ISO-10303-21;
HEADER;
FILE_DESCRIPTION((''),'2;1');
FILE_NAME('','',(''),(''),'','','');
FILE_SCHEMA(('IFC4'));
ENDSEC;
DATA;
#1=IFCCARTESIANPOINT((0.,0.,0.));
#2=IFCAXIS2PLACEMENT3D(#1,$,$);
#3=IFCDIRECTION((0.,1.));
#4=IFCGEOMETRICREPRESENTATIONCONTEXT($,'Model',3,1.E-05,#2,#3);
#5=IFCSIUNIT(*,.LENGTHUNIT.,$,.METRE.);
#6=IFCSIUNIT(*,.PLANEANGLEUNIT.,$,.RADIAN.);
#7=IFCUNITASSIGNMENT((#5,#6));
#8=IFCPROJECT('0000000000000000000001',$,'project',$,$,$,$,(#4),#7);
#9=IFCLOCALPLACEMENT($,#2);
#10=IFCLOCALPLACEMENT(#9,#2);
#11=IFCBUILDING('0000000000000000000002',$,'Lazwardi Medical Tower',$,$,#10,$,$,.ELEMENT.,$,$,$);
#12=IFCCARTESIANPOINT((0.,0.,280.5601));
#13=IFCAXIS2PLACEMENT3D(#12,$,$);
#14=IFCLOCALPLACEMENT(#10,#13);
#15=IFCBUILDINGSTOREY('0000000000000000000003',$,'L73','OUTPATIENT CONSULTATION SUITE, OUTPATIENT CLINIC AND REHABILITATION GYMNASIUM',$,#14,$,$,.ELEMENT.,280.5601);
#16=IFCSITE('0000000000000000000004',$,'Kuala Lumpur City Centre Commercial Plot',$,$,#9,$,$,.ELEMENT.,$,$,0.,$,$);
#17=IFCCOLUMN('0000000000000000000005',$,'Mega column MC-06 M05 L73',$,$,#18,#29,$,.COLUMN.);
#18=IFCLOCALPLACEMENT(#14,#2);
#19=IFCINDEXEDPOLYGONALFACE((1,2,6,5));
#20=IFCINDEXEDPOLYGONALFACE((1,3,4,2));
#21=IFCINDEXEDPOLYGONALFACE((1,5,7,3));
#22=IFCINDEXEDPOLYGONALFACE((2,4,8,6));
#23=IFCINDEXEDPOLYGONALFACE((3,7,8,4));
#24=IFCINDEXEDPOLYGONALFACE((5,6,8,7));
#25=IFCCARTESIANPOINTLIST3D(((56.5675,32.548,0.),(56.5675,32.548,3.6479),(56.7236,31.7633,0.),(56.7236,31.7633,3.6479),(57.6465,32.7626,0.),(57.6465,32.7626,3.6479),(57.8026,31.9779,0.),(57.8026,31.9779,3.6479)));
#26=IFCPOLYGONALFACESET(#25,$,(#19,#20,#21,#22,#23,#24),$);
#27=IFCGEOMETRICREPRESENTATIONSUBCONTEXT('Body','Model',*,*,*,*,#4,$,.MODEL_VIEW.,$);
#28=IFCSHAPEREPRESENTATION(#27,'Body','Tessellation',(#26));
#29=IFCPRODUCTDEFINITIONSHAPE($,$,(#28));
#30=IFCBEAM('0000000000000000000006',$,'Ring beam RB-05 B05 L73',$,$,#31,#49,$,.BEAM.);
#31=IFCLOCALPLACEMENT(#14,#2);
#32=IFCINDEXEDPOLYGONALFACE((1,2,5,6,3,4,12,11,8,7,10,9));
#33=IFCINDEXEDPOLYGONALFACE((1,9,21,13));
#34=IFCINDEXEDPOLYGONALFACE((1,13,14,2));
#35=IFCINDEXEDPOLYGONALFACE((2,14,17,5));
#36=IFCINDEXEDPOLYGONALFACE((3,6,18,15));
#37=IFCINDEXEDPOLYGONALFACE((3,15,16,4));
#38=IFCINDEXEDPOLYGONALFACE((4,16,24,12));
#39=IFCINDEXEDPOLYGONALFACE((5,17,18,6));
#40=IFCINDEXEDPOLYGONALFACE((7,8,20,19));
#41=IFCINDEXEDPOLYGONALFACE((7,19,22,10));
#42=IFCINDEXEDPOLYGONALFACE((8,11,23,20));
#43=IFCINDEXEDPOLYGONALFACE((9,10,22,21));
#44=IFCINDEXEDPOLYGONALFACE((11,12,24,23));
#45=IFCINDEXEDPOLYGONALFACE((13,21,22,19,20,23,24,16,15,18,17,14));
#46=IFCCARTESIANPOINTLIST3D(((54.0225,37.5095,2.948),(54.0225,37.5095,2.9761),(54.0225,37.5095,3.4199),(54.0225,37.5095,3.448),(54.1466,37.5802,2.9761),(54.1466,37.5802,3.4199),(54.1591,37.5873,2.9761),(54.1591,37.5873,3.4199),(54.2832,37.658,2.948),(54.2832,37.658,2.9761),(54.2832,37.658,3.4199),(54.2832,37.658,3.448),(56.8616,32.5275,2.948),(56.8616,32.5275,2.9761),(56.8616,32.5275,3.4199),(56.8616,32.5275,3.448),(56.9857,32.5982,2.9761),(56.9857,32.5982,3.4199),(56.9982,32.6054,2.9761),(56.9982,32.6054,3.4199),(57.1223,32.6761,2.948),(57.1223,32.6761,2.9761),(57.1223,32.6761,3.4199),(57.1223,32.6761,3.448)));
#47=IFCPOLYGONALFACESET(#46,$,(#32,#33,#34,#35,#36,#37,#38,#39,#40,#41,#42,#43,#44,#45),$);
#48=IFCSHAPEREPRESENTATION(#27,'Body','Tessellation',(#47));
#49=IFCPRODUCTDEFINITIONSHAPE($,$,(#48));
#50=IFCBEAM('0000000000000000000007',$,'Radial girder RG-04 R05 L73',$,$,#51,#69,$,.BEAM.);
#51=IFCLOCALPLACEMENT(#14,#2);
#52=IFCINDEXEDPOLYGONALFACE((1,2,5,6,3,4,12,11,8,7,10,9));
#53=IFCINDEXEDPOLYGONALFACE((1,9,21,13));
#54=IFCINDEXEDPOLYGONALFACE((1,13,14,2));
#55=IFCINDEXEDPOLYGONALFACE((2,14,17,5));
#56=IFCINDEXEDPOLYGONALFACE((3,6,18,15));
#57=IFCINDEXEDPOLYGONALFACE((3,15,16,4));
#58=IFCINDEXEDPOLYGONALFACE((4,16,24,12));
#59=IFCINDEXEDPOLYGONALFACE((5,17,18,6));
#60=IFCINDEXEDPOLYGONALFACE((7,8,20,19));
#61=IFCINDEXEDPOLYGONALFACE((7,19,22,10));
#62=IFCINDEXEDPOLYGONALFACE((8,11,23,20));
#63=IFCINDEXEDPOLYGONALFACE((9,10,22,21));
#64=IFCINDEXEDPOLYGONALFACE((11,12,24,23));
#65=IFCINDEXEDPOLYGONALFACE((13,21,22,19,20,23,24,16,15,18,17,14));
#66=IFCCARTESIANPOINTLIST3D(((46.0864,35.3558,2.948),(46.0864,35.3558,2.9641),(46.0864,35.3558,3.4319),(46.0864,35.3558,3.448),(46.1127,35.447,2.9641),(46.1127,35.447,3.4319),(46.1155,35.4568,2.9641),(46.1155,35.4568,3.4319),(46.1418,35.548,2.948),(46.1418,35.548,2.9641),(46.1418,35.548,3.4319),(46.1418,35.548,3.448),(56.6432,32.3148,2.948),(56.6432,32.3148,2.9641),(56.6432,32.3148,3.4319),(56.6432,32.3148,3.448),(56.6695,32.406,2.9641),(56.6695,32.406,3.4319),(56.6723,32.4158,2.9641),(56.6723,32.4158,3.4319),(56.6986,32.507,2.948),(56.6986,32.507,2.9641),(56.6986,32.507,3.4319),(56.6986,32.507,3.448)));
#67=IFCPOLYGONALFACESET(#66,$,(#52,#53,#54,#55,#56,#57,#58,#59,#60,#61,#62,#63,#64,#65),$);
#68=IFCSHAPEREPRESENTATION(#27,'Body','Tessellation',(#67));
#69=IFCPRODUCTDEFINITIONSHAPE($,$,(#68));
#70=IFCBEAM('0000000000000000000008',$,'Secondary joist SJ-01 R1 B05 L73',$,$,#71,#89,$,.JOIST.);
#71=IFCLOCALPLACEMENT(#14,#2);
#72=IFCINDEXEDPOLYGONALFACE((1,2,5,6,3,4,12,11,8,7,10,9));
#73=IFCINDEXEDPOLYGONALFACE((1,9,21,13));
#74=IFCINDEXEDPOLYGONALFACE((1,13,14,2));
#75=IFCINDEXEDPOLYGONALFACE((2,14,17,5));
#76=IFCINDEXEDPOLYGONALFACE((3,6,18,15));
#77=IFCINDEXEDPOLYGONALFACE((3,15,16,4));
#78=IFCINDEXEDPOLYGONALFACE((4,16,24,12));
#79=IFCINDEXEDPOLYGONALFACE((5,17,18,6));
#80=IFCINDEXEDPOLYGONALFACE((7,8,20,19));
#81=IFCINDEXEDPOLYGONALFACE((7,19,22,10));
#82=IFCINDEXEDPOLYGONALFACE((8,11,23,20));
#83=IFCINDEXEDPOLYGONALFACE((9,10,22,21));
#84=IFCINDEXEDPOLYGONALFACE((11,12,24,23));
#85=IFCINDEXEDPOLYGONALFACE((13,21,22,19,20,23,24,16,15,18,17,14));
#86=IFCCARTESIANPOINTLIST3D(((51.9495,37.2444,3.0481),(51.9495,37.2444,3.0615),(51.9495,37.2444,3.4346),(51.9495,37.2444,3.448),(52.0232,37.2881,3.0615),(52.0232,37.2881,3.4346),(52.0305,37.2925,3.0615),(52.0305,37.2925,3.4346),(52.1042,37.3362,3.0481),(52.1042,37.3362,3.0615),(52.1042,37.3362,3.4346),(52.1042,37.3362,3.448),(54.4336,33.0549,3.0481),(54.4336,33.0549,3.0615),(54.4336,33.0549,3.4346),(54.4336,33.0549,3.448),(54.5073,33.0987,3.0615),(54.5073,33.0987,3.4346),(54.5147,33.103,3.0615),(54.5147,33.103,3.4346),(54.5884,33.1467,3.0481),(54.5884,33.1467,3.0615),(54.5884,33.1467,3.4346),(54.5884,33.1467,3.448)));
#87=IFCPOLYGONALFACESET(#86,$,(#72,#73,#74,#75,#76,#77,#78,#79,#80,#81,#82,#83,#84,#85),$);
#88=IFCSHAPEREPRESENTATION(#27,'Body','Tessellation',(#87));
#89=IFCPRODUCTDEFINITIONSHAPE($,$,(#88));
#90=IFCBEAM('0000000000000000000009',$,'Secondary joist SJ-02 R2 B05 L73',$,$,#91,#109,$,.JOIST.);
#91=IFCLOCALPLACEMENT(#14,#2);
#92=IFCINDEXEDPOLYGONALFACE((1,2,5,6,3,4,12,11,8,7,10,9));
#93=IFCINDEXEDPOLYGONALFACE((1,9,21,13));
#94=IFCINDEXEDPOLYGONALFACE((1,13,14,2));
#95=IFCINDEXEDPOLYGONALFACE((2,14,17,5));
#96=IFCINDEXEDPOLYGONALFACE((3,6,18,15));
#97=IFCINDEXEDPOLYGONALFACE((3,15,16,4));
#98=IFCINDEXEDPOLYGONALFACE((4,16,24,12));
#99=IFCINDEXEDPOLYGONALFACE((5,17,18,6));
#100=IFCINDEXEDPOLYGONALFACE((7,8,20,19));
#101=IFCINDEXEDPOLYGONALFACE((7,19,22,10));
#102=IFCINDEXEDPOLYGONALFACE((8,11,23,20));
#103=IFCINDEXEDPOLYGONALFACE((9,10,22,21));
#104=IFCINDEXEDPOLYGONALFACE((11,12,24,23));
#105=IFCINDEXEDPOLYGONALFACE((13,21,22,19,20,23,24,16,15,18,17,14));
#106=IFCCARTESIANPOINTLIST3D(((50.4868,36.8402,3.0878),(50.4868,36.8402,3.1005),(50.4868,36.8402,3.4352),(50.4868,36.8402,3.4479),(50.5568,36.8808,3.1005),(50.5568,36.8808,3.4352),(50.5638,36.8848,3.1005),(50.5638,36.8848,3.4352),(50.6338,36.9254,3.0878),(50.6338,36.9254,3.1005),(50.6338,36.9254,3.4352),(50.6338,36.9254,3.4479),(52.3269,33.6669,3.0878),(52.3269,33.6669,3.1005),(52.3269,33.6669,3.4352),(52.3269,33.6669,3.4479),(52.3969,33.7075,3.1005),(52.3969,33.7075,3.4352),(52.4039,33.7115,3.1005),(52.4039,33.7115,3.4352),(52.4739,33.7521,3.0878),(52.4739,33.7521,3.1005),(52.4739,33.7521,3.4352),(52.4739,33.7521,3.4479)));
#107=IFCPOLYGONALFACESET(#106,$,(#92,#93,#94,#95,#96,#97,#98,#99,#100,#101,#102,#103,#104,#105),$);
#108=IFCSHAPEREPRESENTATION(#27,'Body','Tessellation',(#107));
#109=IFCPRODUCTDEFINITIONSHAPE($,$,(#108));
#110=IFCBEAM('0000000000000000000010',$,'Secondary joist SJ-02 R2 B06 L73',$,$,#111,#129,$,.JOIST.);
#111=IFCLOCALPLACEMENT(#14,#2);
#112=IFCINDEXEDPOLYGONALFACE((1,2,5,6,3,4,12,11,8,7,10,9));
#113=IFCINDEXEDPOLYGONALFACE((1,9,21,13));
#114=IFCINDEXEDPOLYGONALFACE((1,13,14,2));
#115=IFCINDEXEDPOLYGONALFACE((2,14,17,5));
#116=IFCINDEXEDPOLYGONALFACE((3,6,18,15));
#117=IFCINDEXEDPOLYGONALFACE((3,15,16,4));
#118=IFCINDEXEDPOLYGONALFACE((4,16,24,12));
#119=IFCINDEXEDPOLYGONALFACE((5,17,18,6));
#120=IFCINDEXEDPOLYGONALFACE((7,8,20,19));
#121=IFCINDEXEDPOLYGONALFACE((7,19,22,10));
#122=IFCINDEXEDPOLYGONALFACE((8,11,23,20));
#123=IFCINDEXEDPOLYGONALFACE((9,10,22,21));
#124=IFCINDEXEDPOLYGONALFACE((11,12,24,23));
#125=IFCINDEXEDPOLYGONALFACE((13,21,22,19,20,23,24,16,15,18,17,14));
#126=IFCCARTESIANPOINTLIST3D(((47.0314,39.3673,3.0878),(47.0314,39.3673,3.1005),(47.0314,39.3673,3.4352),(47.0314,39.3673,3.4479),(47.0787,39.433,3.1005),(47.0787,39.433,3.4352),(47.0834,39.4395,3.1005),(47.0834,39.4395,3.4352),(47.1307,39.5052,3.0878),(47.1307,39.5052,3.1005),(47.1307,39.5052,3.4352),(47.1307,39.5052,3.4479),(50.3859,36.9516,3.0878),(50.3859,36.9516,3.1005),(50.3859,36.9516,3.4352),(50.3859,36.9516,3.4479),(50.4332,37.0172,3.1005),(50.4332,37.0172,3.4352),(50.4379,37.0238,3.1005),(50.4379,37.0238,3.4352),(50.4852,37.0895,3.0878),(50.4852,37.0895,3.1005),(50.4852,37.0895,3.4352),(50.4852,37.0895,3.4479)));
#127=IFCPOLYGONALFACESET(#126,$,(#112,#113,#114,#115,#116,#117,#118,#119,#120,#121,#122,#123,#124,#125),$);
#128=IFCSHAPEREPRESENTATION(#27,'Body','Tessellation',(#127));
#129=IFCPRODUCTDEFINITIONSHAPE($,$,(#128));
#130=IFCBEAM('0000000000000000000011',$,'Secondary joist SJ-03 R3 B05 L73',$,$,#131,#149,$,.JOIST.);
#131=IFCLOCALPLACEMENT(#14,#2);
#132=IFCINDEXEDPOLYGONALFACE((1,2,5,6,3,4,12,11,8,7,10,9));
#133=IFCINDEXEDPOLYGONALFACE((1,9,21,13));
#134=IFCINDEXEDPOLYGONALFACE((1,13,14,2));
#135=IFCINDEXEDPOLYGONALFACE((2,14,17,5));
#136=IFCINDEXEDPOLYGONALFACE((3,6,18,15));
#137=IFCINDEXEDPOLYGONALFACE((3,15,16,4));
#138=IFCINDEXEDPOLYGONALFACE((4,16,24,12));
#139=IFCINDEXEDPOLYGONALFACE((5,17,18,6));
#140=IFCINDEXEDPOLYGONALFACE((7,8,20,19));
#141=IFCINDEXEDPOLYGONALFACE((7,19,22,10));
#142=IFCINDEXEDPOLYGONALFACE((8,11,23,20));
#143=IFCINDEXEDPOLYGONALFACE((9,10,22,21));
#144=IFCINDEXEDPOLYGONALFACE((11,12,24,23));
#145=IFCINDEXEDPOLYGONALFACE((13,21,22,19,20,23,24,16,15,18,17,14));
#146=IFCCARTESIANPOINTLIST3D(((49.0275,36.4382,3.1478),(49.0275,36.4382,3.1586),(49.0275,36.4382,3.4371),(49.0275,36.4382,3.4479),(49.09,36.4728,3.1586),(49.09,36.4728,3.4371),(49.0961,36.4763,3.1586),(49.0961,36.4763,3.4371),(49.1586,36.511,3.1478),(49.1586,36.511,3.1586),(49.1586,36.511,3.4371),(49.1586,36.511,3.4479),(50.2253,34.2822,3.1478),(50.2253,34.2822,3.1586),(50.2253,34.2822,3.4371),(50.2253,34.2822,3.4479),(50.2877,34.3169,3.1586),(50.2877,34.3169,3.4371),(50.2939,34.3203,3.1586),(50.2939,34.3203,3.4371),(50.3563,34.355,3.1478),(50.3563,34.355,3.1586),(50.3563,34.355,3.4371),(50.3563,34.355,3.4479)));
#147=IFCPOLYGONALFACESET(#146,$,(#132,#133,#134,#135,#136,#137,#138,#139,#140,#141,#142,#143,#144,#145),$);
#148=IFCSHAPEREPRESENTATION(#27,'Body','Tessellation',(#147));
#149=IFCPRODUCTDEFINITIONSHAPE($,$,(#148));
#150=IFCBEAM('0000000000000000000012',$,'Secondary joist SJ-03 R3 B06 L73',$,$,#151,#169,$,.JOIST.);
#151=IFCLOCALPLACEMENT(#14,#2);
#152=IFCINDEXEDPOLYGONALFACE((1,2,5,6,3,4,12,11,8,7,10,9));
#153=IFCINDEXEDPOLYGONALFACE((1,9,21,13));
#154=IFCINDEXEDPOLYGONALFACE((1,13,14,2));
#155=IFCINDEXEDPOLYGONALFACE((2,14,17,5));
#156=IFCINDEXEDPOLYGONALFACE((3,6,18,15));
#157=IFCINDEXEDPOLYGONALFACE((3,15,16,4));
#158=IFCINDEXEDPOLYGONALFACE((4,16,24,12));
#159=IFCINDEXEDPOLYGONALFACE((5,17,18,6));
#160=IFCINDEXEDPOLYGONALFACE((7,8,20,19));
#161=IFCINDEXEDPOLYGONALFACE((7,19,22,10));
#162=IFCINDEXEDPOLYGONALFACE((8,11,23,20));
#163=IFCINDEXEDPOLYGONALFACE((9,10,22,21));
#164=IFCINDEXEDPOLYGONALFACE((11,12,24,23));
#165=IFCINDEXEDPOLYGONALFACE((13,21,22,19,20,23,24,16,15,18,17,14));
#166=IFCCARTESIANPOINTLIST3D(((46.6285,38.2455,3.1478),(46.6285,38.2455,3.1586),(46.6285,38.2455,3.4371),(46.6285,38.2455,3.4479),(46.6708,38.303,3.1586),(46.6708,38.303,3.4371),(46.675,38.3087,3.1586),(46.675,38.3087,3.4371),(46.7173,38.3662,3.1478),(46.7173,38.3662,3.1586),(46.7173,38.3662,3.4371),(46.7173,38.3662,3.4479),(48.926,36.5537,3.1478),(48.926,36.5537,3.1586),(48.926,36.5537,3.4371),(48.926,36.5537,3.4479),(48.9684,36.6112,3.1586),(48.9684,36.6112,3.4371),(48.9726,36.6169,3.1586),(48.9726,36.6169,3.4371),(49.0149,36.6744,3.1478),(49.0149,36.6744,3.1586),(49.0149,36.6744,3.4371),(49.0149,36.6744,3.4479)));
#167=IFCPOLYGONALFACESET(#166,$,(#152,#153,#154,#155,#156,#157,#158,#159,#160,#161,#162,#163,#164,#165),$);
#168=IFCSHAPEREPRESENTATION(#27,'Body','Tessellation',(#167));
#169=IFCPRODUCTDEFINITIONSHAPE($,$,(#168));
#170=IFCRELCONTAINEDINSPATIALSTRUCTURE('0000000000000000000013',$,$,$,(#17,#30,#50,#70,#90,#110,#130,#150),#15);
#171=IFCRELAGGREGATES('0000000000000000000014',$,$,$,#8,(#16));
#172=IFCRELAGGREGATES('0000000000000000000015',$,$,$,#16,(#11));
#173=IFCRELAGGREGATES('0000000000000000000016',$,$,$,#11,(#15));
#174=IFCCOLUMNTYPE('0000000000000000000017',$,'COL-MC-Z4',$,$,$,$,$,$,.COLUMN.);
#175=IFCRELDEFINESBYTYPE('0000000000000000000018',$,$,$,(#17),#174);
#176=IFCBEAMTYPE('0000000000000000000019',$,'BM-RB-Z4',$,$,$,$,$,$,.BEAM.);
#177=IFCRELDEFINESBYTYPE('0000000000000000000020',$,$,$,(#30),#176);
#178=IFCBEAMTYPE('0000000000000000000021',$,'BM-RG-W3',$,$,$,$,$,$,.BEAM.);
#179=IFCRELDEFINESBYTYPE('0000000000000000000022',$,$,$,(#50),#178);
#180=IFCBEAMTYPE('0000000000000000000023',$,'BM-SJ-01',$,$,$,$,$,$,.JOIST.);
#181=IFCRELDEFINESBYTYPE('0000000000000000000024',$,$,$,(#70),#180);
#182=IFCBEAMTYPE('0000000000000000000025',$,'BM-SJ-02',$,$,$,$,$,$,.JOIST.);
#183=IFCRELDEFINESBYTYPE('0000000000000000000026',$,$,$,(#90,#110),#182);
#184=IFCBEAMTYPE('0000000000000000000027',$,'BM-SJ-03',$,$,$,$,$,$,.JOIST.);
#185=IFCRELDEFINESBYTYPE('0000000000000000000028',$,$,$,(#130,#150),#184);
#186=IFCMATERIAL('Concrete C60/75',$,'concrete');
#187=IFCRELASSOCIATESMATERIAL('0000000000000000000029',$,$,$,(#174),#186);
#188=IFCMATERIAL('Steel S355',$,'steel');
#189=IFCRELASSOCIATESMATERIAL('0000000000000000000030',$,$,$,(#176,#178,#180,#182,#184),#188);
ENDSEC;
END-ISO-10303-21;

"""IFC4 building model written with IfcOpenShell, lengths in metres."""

from ifc_helpers import new_model, si_unit, direction, frame, origin, origin_2d, place, context, subcontext, project, spatial, rectangle, i_section, extrude, material, material_profile, profile_set, type_object, element, save


model = new_model("IFC4")

# Units and contexts
model_context = context("Model", 3, precision=1e-05, world=origin(), true_north=direction((0.0, 1.0)))
body_context = subcontext(model_context, "Body", "Model", "MODEL_VIEW")
ifc_project = project(units=[si_unit("LENGTHUNIT", "METRE"), si_unit("PLANEANGLEUNIT", "RADIAN")], contexts=[model_context])

# Site, building, storey
site_placement = place(None, origin())
site = spatial("IfcSite", under=ifc_project, at=site_placement, Name="Kuala Lumpur City Centre Commercial Plot", CompositionType="ELEMENT", RefElevation=0.0)
building_placement = place(site_placement, origin())
building = spatial("IfcBuilding", under=site, at=building_placement, Name="Lazwardi Medical Tower", CompositionType="ELEMENT")
storey_placement = place(building_placement, frame((0.0, 0.0, 280.5601)))
storey = spatial("IfcBuildingStorey", under=building, at=storey_placement, Name="L73", Description="OUTPATIENT CONSULTATION SUITE, OUTPATIENT CLINIC AND REHABILITATION GYMNASIUM", CompositionType="ELEMENT", Elevation=280.5601)

# Column
ifc_material_1 = material(Name="Concrete C60/75", Category="concrete")
ifc_material_profile_1 = material_profile(ifc_material_1, rectangle(XDim=1.1001, YDim=0.8, at=origin_2d()), Name="CFT-RECT 1100x800")
ifc_profile_set_1 = profile_set([ifc_material_profile_1], Name="Concrete C60/75")
column_type = type_object("IfcColumnType", Name="COL-MC-Z4", PredefinedType="COLUMN", material=ifc_profile_set_1)
column_placement = place(storey_placement, frame((57.1851, 32.2629, 0.0), z_axis=(0.0, 0.0, 1.0), x_axis=(0.980785, 0.19509, 0.0)))
element("IfcColumn", 1, at=column_placement, inside=storey, type_object=column_type, Name="Mega column MC-06 M05 L73", PredefinedType="COLUMN", context=body_context, shape_type="SweptSolid", body=[
    extrude(rectangle(XDim=1.1001, YDim=0.8, at=origin_2d()), origin(), (0.0, 0.0, 1.0), 3.6479),
])

# Beams
ifc_material_2 = material(Name="Steel S355", Category="steel")
ifc_material_profile_2 = material_profile(ifc_material_2, i_section(OverallWidth=0.3, OverallDepth=0.5, WebThickness=0.0144, FlangeThickness=0.0281, at=origin_2d()), Name="HEB 500")
ifc_profile_set_2 = profile_set([ifc_material_profile_2], Name="Steel S355")
beam_type_1 = type_object("IfcBeamType", Name="BM-RB-Z4", PredefinedType="BEAM", material=ifc_profile_set_2)
beam_1_placement = place(storey_placement, frame((56.9919, 32.6018, 3.198), z_axis=(-0.495125, 0.868822, 0.0), x_axis=(-0.868822, -0.495125, 0.0)))
element("IfcBeam", 2, at=beam_1_placement, inside=storey, type_object=beam_type_1, Name="Ring beam RB-05 B05 L73", PredefinedType="BEAM", context=body_context, shape_type="SweptSolid", body=[
    extrude(i_section(OverallWidth=0.3, OverallDepth=0.5, WebThickness=0.0144, FlangeThickness=0.0281, at=origin_2d()), origin(), (0.0, 0.0, 1.0), 5.7341),
])
ifc_material_profile_3 = material_profile(ifc_material_2, i_section(OverallWidth=0.2, OverallDepth=0.5, WebThickness=0.0103, FlangeThickness=0.0161, at=origin_2d()), Name="IPE 500")
ifc_profile_set_3 = profile_set([ifc_material_profile_3], Name="Steel S355")
beam_type_2 = type_object("IfcBeamType", Name="BM-RG-W3", PredefinedType="BEAM", material=ifc_profile_set_3)
beam_2_placement = place(storey_placement, frame((56.6709, 32.4109, 3.198), z_axis=(-0.960926, 0.276804, 0.0), x_axis=(-0.276804, -0.960926, 0.0)))
element("IfcBeam", 3, at=beam_2_placement, inside=storey, type_object=beam_type_2, Name="Radial girder RG-04 R05 L73", PredefinedType="BEAM", context=body_context, shape_type="SweptSolid", body=[
    extrude(i_section(OverallWidth=0.2, OverallDepth=0.5, WebThickness=0.0103, FlangeThickness=0.0161, at=origin_2d()), origin(), (0.0, 0.0, 1.0), 10.9861),
])
ifc_material_profile_4 = material_profile(ifc_material_2, i_section(OverallWidth=0.1799, OverallDepth=0.3999, WebThickness=0.0085, FlangeThickness=0.0134, at=origin_2d()), Name="IPE 400")
ifc_profile_set_4 = profile_set([ifc_material_profile_4], Name="Steel S355")
beam_type_3 = type_object("IfcBeamType", Name="BM-SJ-01", PredefinedType="JOIST", material=ifc_profile_set_4)
beam_3_placement = place(storey_placement, frame((54.511, 33.1008, 3.248), z_axis=(-0.510029, 0.860157, 0.0), x_axis=(-0.860157, -0.510029, 0.0)))
element("IfcBeam", 4, at=beam_3_placement, inside=storey, type_object=beam_type_3, Name="Secondary joist SJ-01 R1 B05 L73", PredefinedType="JOIST", context=body_context, shape_type="SweptSolid", body=[
    extrude(i_section(OverallWidth=0.1799, OverallDepth=0.3999, WebThickness=0.0085, FlangeThickness=0.0134, at=origin_2d()), origin(), (0.0, 0.0, 1.0), 4.8706),
])
ifc_material_profile_5 = material_profile(ifc_material_2, i_section(OverallWidth=0.1699, OverallDepth=0.3601, WebThickness=0.0081, FlangeThickness=0.0127, at=origin_2d()), Name="IPE 360")
ifc_profile_set_5 = profile_set([ifc_material_profile_5], Name="Steel S355")
beam_type_4 = type_object("IfcBeamType", Name="BM-SJ-02", PredefinedType="JOIST", material=ifc_profile_set_5)
beam_4_placement = place(storey_placement, frame((52.4004, 33.7095, 3.2678), z_axis=(-0.501626, 0.865084, 0.0), x_axis=(-0.865084, -0.501626, 0.0)))
element("IfcBeam", 5, at=beam_4_placement, inside=storey, type_object=beam_type_4, Name="Secondary joist SJ-02 R2 B05 L73", PredefinedType="JOIST", context=body_context, shape_type="SweptSolid", body=[
    extrude(i_section(OverallWidth=0.1699, OverallDepth=0.3601, WebThickness=0.0081, FlangeThickness=0.0127, at=origin_2d()), origin(), (0.0, 0.0, 1.0), 3.6682),
])
beam_5_placement = place(storey_placement, frame((50.4355, 37.0205, 3.2678), z_axis=(-0.811473, 0.58439, 0.0), x_axis=(-0.58439, -0.811473, 0.0)))
element("IfcBeam", 6, at=beam_5_placement, inside=storey, type_object=beam_type_4, Name="Secondary joist SJ-02 R2 B06 L73", PredefinedType="JOIST", context=body_context, shape_type="SweptSolid", body=[
    extrude(i_section(OverallWidth=0.1699, OverallDepth=0.3601, WebThickness=0.0081, FlangeThickness=0.0127, at=origin_2d()), origin(), (0.0, 0.0, 1.0), 4.1338),
])
ifc_material_profile_6 = material_profile(ifc_material_2, i_section(OverallWidth=0.1499, OverallDepth=0.3, WebThickness=0.0071, FlangeThickness=0.0107, at=origin_2d()), Name="IPE 300")
ifc_profile_set_6 = profile_set([ifc_material_profile_6], Name="Steel S355")
beam_type_5 = type_object("IfcBeamType", Name="BM-SJ-03", PredefinedType="JOIST", material=ifc_profile_set_6)
beam_6_placement = place(storey_placement, frame((50.2908, 34.3186, 3.2979), z_axis=(-0.485635, 0.874162, 0.0), x_axis=(-0.874162, -0.485635, 0.0)))
element("IfcBeam", 7, at=beam_6_placement, inside=storey, type_object=beam_type_5, Name="Secondary joist SJ-03 R3 B05 L73", PredefinedType="JOIST", context=body_context, shape_type="SweptSolid", body=[
    extrude(i_section(OverallWidth=0.1499, OverallDepth=0.3, WebThickness=0.0071, FlangeThickness=0.0107, at=origin_2d()), origin(), (0.0, 0.0, 1.0), 2.4663),
])
beam_7_placement = place(storey_placement, frame((48.9705, 36.614, 3.2979), z_axis=(-0.805236, 0.592954, 0.0), x_axis=(-0.592954, -0.805236, 0.0)))
element("IfcBeam", 8, at=beam_7_placement, inside=storey, type_object=beam_type_5, Name="Secondary joist SJ-03 R3 B06 L73", PredefinedType="JOIST", context=body_context, shape_type="SweptSolid", body=[
    extrude(i_section(OverallWidth=0.1499, OverallDepth=0.3, WebThickness=0.0071, FlangeThickness=0.0107, at=origin_2d()), origin(), (0.0, 0.0, 1.0), 2.8533),
])

save(model, "model.ifc")
